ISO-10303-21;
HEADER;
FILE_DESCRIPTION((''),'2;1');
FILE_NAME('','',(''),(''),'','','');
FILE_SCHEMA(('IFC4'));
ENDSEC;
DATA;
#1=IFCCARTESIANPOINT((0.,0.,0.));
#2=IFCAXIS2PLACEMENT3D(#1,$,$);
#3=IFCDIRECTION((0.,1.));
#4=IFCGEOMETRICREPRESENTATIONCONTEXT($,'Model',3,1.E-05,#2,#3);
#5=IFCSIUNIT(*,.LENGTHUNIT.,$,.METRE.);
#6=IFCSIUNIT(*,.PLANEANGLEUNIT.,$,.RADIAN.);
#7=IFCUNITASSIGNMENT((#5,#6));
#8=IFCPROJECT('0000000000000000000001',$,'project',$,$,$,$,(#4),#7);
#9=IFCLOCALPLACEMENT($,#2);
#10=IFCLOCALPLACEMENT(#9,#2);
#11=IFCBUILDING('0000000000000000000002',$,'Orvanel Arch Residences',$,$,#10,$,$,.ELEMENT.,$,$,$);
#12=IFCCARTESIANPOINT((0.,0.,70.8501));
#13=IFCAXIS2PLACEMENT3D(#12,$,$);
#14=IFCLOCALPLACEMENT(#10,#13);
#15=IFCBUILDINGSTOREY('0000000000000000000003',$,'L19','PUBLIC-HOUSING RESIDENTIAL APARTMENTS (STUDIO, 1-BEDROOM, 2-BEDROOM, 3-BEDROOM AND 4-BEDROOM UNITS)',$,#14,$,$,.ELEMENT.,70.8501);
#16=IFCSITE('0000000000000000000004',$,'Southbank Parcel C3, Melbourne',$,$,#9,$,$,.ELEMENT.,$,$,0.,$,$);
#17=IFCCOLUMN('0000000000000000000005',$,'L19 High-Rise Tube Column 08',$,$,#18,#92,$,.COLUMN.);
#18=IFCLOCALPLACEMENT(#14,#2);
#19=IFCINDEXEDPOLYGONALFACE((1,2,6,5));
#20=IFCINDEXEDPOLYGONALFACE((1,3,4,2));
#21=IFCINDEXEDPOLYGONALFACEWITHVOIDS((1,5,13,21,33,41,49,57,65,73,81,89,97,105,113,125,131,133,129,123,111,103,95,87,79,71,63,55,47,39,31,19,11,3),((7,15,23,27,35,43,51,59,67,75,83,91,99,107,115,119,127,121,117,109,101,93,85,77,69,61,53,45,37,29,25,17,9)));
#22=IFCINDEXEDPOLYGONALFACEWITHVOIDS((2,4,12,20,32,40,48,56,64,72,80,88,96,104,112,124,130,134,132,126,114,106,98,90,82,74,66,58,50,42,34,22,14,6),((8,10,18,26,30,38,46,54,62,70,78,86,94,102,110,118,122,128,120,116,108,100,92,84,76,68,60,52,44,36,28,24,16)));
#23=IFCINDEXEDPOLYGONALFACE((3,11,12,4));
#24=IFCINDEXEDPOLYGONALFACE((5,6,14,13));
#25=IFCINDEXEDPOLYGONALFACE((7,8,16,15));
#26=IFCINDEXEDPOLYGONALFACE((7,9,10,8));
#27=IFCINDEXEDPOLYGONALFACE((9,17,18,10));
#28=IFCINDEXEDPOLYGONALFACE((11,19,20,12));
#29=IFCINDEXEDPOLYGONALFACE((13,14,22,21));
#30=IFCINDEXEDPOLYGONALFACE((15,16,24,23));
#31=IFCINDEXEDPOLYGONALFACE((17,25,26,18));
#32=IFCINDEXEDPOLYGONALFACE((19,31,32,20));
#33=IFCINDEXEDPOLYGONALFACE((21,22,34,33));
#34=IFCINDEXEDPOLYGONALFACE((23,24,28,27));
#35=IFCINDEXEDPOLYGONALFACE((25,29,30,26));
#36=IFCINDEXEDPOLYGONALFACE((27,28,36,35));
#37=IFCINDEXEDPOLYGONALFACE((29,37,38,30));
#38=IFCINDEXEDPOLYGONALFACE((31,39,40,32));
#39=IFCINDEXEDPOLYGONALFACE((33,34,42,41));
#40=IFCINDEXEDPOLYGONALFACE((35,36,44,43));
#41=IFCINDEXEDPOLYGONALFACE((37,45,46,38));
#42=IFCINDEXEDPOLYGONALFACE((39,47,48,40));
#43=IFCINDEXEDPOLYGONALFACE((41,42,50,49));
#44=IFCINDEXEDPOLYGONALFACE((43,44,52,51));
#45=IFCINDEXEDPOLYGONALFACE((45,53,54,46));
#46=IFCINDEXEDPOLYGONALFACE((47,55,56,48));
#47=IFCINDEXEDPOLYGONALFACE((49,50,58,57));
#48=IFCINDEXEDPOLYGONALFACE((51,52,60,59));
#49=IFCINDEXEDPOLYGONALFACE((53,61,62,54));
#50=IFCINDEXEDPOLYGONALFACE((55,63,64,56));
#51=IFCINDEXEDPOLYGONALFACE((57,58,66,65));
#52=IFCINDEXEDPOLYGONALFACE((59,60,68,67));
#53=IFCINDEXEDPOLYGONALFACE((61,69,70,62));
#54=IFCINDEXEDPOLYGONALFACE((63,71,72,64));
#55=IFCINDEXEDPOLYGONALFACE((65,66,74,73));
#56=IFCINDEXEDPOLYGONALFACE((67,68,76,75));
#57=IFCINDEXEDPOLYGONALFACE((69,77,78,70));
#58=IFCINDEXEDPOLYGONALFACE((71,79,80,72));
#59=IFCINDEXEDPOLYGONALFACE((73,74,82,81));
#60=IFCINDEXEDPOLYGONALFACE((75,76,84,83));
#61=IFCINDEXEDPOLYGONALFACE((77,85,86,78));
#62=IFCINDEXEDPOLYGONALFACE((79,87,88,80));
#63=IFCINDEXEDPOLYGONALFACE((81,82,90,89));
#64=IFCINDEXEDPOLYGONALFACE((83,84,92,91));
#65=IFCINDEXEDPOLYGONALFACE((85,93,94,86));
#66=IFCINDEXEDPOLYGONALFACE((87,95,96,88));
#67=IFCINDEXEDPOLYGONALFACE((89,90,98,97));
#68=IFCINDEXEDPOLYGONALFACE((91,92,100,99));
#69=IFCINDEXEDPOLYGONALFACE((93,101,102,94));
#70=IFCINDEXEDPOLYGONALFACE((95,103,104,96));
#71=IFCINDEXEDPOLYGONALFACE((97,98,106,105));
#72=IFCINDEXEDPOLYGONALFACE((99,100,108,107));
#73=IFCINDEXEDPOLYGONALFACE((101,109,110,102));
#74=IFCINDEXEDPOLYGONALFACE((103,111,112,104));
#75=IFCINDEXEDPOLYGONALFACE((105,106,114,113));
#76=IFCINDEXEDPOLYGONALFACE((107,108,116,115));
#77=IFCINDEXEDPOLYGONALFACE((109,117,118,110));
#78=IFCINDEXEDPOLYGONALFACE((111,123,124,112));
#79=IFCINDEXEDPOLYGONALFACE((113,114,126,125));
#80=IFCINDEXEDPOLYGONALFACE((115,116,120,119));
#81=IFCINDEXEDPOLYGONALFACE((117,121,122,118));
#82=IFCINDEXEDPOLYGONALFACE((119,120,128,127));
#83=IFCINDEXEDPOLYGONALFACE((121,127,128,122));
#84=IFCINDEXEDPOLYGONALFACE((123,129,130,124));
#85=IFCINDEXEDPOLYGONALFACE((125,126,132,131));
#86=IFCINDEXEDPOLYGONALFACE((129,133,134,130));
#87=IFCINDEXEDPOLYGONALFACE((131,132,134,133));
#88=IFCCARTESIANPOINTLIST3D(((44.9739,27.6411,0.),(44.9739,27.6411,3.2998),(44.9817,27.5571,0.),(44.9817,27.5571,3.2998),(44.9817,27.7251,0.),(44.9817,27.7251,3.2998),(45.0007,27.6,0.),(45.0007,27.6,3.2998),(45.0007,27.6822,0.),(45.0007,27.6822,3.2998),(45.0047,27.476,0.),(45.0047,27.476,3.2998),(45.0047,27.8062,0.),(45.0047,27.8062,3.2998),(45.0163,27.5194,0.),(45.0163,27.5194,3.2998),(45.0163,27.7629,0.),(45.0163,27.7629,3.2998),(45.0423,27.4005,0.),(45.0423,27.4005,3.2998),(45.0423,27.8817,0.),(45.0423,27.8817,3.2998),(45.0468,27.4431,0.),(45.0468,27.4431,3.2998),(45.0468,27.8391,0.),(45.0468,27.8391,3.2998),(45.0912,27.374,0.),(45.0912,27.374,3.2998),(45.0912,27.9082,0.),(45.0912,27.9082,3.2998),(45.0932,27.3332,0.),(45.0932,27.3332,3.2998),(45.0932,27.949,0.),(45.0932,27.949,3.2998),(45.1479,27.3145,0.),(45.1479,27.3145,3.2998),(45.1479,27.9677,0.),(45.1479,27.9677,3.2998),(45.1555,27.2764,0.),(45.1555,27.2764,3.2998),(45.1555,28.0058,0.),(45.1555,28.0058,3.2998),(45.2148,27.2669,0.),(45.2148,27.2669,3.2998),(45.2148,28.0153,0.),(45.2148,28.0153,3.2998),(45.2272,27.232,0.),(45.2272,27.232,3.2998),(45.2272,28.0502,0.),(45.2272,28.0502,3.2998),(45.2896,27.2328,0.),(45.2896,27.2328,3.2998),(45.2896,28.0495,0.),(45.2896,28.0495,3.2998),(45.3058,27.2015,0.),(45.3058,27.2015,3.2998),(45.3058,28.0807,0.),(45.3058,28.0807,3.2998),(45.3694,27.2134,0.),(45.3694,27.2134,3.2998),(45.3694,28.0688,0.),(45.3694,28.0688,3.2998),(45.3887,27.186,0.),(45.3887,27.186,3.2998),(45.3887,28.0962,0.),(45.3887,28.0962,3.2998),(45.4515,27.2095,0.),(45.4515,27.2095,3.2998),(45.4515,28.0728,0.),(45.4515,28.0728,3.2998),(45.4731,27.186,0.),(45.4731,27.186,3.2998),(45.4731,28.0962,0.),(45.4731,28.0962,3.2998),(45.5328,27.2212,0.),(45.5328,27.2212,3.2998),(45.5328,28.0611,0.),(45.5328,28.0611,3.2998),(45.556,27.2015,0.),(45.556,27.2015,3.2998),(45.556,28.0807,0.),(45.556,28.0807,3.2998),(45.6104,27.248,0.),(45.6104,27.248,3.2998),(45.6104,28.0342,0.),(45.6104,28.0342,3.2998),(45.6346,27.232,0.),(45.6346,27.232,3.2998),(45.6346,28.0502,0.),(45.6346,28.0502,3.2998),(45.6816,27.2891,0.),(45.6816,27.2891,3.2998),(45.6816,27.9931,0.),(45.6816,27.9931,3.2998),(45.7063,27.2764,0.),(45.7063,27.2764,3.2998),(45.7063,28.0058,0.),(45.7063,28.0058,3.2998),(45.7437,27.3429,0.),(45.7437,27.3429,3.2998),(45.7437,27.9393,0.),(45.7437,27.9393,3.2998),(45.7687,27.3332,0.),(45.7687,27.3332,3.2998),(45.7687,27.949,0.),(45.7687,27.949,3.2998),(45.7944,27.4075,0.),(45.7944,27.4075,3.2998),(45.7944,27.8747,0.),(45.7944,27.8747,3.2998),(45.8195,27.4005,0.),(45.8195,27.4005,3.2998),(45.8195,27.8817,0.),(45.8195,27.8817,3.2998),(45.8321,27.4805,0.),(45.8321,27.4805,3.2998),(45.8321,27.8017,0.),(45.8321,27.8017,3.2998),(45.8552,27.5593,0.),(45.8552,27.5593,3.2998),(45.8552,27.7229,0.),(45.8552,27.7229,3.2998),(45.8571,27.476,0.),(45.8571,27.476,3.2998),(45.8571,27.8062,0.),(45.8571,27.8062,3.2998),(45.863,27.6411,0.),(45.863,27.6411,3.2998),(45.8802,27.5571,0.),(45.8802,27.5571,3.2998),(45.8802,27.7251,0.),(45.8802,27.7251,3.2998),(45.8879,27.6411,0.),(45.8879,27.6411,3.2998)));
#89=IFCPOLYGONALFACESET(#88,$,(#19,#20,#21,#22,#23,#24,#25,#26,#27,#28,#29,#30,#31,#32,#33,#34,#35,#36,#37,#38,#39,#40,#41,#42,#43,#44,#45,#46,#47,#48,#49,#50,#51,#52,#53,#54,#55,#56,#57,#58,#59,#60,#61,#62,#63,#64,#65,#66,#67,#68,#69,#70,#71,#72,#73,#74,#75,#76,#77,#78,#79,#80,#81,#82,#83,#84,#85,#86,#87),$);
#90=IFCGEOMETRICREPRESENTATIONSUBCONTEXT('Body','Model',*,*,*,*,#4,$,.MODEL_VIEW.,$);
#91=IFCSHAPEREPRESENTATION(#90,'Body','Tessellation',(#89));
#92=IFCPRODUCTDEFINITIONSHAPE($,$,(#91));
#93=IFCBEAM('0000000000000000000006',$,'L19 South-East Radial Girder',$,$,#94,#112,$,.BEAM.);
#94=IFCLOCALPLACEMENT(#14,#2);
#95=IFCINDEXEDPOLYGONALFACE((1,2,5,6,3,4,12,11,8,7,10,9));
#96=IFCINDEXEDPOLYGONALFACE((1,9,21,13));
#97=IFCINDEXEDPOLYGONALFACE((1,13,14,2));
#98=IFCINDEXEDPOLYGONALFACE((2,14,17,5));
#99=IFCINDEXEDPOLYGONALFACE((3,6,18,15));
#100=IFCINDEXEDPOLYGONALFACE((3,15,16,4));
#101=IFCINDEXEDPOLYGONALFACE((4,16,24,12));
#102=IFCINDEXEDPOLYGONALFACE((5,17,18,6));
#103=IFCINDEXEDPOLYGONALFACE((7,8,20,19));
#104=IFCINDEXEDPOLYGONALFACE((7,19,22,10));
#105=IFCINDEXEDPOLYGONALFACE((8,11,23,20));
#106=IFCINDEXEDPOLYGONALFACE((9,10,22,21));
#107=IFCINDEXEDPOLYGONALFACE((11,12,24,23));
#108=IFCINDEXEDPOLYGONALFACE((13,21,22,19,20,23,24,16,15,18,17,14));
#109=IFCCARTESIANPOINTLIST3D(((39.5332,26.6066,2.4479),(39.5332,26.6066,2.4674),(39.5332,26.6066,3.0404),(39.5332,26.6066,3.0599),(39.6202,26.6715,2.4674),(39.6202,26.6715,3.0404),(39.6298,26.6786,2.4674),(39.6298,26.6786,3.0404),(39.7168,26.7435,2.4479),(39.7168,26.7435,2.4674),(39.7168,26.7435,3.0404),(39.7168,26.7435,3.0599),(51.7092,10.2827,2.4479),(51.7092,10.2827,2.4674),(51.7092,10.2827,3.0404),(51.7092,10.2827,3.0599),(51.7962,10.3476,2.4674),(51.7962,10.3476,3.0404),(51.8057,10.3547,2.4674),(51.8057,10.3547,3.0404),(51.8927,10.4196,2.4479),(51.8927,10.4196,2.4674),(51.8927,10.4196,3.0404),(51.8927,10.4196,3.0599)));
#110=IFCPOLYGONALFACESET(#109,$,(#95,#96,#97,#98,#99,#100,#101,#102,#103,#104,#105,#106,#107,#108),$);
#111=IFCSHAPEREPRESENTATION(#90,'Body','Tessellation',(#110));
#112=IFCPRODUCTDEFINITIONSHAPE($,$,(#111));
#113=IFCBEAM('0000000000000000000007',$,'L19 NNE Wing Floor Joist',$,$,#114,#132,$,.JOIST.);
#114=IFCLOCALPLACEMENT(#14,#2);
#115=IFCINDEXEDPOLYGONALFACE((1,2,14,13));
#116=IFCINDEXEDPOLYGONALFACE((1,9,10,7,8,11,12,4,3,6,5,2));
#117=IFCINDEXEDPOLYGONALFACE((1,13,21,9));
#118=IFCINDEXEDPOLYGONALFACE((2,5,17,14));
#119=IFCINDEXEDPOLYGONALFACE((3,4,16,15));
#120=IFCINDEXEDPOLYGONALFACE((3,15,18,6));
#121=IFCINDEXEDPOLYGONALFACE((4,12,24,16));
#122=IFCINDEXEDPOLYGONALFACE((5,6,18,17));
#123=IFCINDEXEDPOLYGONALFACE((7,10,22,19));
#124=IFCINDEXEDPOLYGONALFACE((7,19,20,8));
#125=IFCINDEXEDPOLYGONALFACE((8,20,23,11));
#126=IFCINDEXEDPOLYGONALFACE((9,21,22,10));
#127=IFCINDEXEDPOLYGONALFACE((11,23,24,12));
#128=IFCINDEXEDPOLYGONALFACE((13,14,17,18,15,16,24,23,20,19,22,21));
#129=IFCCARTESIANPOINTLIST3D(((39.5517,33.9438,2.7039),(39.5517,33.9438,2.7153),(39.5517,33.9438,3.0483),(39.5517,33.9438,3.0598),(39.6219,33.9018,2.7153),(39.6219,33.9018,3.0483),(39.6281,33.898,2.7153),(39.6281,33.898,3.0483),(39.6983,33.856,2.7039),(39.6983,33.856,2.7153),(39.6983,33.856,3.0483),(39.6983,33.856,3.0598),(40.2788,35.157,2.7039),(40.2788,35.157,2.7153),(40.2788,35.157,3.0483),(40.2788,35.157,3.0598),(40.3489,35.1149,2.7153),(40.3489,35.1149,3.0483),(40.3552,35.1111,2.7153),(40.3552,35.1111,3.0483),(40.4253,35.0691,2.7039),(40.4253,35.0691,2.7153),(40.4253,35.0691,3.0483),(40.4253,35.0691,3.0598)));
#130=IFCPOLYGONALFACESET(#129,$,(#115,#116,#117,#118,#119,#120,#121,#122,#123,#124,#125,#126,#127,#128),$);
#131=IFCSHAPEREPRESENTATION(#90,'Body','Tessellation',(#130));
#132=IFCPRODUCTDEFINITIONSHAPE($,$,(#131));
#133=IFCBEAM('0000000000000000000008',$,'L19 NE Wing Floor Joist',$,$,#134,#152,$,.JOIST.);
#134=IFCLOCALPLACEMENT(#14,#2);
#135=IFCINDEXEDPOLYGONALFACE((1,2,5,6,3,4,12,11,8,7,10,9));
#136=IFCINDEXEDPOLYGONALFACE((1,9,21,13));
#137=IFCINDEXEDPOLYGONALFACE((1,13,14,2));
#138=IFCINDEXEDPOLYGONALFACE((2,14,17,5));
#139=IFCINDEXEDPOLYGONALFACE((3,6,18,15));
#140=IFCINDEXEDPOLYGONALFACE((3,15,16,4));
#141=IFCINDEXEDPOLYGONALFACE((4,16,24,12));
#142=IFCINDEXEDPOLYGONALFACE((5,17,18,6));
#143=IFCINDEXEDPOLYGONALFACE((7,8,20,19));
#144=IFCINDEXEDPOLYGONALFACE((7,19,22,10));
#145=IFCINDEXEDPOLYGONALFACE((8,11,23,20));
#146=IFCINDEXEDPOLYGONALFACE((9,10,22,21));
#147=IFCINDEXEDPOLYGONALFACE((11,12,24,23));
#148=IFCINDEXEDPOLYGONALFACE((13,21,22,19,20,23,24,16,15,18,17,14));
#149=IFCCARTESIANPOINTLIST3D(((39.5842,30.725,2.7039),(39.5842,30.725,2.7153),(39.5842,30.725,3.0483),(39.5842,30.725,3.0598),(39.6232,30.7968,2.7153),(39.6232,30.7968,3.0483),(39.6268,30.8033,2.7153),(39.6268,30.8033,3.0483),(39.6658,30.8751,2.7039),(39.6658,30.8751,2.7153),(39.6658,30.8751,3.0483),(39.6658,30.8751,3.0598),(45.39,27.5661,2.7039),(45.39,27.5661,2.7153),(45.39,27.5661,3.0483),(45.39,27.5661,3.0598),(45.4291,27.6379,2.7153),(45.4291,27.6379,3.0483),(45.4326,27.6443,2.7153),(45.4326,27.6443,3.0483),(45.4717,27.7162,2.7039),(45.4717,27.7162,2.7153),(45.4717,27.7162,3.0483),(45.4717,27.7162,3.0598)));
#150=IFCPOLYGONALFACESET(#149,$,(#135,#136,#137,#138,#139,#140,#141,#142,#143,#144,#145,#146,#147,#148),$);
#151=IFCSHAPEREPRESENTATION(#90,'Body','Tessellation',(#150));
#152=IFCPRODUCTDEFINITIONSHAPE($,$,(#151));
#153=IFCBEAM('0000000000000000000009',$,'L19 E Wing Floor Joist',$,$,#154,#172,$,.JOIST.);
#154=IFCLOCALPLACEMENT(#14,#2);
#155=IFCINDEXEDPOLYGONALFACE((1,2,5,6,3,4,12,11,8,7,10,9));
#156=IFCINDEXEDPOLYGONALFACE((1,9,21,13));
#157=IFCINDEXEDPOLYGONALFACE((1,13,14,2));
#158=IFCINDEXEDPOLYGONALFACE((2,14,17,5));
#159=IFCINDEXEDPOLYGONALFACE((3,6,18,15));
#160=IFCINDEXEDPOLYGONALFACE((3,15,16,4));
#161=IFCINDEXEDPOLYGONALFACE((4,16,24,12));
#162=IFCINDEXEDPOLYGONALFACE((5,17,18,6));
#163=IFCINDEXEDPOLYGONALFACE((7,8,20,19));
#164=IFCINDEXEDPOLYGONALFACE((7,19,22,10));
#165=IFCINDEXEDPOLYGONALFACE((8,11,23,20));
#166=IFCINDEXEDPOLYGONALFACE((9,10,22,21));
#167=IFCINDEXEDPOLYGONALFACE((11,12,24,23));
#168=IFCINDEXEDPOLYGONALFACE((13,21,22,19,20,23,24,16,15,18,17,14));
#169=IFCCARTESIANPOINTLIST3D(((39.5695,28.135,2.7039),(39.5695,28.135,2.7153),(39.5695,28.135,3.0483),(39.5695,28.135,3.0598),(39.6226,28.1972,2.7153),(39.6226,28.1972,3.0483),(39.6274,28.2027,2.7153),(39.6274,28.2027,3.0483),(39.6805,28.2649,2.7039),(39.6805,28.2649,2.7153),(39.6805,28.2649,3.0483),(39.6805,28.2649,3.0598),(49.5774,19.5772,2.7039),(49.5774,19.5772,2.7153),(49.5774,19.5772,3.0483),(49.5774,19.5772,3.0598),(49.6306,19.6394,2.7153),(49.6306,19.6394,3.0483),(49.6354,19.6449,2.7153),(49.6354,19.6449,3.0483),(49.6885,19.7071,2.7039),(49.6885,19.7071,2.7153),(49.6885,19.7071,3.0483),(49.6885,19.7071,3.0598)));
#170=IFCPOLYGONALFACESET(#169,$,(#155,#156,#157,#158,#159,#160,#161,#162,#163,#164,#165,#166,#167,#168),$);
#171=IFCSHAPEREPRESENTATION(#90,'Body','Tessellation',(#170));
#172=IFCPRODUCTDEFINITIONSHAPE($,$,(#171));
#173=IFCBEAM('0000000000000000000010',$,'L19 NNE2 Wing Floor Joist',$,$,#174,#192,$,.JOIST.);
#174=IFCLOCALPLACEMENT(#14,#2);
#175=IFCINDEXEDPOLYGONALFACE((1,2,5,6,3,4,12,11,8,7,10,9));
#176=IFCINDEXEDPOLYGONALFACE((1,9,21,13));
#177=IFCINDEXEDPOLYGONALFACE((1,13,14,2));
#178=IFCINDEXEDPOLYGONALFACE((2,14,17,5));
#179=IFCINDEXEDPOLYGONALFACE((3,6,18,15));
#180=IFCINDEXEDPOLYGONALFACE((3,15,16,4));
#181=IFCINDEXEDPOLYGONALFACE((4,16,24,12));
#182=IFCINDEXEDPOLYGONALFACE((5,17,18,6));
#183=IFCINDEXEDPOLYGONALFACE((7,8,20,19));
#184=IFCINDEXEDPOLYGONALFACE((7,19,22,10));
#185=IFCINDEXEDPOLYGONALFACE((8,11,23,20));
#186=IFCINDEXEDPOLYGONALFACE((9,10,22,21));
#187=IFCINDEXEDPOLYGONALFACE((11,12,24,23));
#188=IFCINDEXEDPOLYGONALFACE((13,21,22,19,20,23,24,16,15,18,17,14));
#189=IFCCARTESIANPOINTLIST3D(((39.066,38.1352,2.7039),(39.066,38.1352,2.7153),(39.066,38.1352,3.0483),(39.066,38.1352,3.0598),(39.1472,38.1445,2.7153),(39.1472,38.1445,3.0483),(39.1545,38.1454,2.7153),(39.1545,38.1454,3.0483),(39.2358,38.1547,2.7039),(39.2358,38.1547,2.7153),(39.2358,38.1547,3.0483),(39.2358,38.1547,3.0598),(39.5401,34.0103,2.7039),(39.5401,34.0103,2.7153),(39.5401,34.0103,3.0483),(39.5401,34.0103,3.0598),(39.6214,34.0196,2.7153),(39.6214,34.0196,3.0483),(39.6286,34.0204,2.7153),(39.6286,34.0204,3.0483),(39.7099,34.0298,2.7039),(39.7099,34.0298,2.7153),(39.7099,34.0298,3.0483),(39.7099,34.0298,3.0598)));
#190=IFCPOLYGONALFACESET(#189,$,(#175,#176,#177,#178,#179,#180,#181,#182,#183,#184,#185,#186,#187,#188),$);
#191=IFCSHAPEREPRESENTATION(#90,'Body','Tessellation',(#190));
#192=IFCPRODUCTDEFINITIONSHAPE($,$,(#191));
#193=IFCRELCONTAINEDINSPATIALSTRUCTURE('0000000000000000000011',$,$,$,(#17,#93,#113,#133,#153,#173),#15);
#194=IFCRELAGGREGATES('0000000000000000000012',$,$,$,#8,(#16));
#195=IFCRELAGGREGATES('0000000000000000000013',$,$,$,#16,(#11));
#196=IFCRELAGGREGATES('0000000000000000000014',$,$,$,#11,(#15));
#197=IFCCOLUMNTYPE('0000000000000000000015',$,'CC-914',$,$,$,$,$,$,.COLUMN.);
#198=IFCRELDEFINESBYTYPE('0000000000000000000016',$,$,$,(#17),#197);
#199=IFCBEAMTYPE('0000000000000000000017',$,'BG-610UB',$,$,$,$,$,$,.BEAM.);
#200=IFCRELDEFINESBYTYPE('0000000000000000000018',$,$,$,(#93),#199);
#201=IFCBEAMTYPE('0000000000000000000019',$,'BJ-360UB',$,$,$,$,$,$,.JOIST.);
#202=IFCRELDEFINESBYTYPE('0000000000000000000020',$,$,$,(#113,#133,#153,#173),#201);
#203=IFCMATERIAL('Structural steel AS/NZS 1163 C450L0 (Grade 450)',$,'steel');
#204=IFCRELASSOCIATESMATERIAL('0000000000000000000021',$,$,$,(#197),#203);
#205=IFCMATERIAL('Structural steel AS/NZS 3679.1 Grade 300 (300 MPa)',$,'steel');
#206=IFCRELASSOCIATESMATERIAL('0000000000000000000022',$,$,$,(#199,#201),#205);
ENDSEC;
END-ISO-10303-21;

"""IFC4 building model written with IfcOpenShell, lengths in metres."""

from ifc_helpers import new_model, si_unit, direction, frame, origin, origin_2d, place, context, subcontext, project, spatial, hollow_circle, i_section, extrude, material, material_profile, profile_set, type_object, element, save


model = new_model("IFC4")

# Units and contexts
model_context = context("Model", 3, precision=1e-05, world=origin(), true_north=direction((0.0, 1.0)))
body_context = subcontext(model_context, "Body", "Model", "MODEL_VIEW")
ifc_project = project(units=[si_unit("LENGTHUNIT", "METRE"), si_unit("PLANEANGLEUNIT", "RADIAN")], contexts=[model_context])

# Site, building, storey
site_placement = place(None, origin())
site = spatial("IfcSite", under=ifc_project, at=site_placement, Name="Southbank Parcel C3, Melbourne", CompositionType="ELEMENT", RefElevation=0.0)
building_placement = place(site_placement, origin())
building = spatial("IfcBuilding", under=site, at=building_placement, Name="Orvanel Arch Residences", CompositionType="ELEMENT")
storey_placement = place(building_placement, frame((0.0, 0.0, 70.8501)))
storey = spatial("IfcBuildingStorey", under=building, at=storey_placement, Name="L19", Description="PUBLIC-HOUSING RESIDENTIAL APARTMENTS (STUDIO, 1-BEDROOM, 2-BEDROOM, 3-BEDROOM AND 4-BEDROOM UNITS)", CompositionType="ELEMENT", Elevation=70.8501)

# Column
ifc_material_1 = material(Name="Structural steel AS/NZS 1163 C450L0 (Grade 450)", Category="steel")
ifc_material_profile_1 = material_profile(ifc_material_1, hollow_circle(Radius=0.457, WallThickness=0.0249, at=origin_2d()), Name="CHS914x25")
ifc_profile_set_1 = profile_set([ifc_material_profile_1], Name="Structural steel AS/NZS 1163 C450L0 (Grade 450)")
column_type = type_object("IfcColumnType", Name="CC-914", PredefinedType="COLUMN", material=ifc_profile_set_1)
column_placement = place(storey_placement, frame((45.4309, 27.6411, 0.0), z_axis=(0.0, 0.0, 1.0), x_axis=(1.0, 0.0, 0.0)))
element("IfcColumn", 1, at=column_placement, inside=storey, type_object=column_type, Name="L19 High-Rise Tube Column 08", PredefinedType="COLUMN", context=body_context, shape_type="SweptSolid", body=[
    extrude(hollow_circle(Radius=0.457, WallThickness=0.0249, at=origin_2d()), origin(), (0.0, 0.0, 1.0), 3.2998),
])

# Beams
ifc_material_2 = material(Name="Structural steel AS/NZS 3679.1 Grade 300 (300 MPa)", Category="steel")
ifc_material_profile_2 = material_profile(ifc_material_2, i_section(OverallWidth=0.229, OverallDepth=0.6121, WebThickness=0.012, FlangeThickness=0.0195, at=origin_2d()), Name="610UB125")
ifc_profile_set_2 = profile_set([ifc_material_profile_2], Name="Structural steel AS/NZS 3679.1 Grade 300 (300 MPa)")
beam_type_1 = type_object("IfcBeamType", Name="BG-610UB", PredefinedType="BEAM", material=ifc_profile_set_2)
beam_1_placement = place(storey_placement, frame((39.625, 26.675, 2.7539), z_axis=(0.597894, -0.801575, 0.0), x_axis=(0.801575, 0.597894, 0.0)))
element("IfcBeam", 2, at=beam_1_placement, inside=storey, type_object=beam_type_1, Name="L19 South-East Radial Girder", PredefinedType="BEAM", context=body_context, shape_type="SweptSolid", body=[
    extrude(i_section(OverallWidth=0.229, OverallDepth=0.6121, WebThickness=0.012, FlangeThickness=0.0195, at=origin_2d()), origin(), (0.0, 0.0, 1.0), 20.3647),
])
ifc_material_profile_3 = material_profile(ifc_material_2, i_section(OverallWidth=0.1709, OverallDepth=0.356, WebThickness=0.0073, FlangeThickness=0.0115, at=origin_2d()), Name="360UB50.7")
ifc_profile_set_3 = profile_set([ifc_material_profile_3], Name="Structural steel AS/NZS 3679.1 Grade 300 (300 MPa)")
beam_type_2 = type_object("IfcBeamType", Name="BJ-360UB", PredefinedType="JOIST", material=ifc_profile_set_3)
beam_2_placement = place(storey_placement, frame((39.625, 33.8999, 2.8818), z_axis=(0.514064, 0.857752, 0.0), x_axis=(-0.857752, 0.514064, 0.0)))
element("IfcBeam", 3, at=beam_2_placement, inside=storey, type_object=beam_type_2, Name="L19 NNE Wing Floor Joist", PredefinedType="JOIST", context=body_context, shape_type="SweptSolid", body=[
    extrude(i_section(OverallWidth=0.1709, OverallDepth=0.356, WebThickness=0.0073, FlangeThickness=0.0115, at=origin_2d()), origin(), (0.0, 0.0, 1.0), 1.4143),
])
beam_3_placement = place(storey_placement, frame((39.625, 30.8, 2.8818), z_axis=(0.878399, -0.477928, 0.0), x_axis=(0.477928, 0.878399, 0.0)))
element("IfcBeam", 4, at=beam_3_placement, inside=storey, type_object=beam_type_2, Name="L19 NE Wing Floor Joist", PredefinedType="JOIST", context=body_context, shape_type="SweptSolid", body=[
    extrude(i_section(OverallWidth=0.1709, OverallDepth=0.356, WebThickness=0.0073, FlangeThickness=0.0115, at=origin_2d()), origin(), (0.0, 0.0, 1.0), 6.6096),
])
beam_4_placement = place(storey_placement, frame((39.625, 28.2, 2.8818), z_axis=(0.760024, -0.649895, 0.0), x_axis=(0.649895, 0.760024, 0.0)))
element("IfcBeam", 5, at=beam_4_placement, inside=storey, type_object=beam_type_2, Name="L19 E Wing Floor Joist", PredefinedType="JOIST", context=body_context, shape_type="SweptSolid", body=[
    extrude(i_section(OverallWidth=0.1709, OverallDepth=0.356, WebThickness=0.0073, FlangeThickness=0.0115, at=origin_2d()), origin(), (0.0, 0.0, 1.0), 13.168),
])
beam_5_placement = place(storey_placement, frame((39.625, 34.02, 2.8818), z_axis=(-0.114187, 0.993459, 0.0), x_axis=(-0.993459, -0.114187, 0.0)))
element("IfcBeam", 6, at=beam_5_placement, inside=storey, type_object=beam_type_2, Name="L19 NNE2 Wing Floor Joist", PredefinedType="JOIST", context=body_context, shape_type="SweptSolid", body=[
    extrude(i_section(OverallWidth=0.1709, OverallDepth=0.356, WebThickness=0.0073, FlangeThickness=0.0115, at=origin_2d()), origin(), (0.0, 0.0, 1.0), 4.1521),
])

save(model, "model.ifc")
